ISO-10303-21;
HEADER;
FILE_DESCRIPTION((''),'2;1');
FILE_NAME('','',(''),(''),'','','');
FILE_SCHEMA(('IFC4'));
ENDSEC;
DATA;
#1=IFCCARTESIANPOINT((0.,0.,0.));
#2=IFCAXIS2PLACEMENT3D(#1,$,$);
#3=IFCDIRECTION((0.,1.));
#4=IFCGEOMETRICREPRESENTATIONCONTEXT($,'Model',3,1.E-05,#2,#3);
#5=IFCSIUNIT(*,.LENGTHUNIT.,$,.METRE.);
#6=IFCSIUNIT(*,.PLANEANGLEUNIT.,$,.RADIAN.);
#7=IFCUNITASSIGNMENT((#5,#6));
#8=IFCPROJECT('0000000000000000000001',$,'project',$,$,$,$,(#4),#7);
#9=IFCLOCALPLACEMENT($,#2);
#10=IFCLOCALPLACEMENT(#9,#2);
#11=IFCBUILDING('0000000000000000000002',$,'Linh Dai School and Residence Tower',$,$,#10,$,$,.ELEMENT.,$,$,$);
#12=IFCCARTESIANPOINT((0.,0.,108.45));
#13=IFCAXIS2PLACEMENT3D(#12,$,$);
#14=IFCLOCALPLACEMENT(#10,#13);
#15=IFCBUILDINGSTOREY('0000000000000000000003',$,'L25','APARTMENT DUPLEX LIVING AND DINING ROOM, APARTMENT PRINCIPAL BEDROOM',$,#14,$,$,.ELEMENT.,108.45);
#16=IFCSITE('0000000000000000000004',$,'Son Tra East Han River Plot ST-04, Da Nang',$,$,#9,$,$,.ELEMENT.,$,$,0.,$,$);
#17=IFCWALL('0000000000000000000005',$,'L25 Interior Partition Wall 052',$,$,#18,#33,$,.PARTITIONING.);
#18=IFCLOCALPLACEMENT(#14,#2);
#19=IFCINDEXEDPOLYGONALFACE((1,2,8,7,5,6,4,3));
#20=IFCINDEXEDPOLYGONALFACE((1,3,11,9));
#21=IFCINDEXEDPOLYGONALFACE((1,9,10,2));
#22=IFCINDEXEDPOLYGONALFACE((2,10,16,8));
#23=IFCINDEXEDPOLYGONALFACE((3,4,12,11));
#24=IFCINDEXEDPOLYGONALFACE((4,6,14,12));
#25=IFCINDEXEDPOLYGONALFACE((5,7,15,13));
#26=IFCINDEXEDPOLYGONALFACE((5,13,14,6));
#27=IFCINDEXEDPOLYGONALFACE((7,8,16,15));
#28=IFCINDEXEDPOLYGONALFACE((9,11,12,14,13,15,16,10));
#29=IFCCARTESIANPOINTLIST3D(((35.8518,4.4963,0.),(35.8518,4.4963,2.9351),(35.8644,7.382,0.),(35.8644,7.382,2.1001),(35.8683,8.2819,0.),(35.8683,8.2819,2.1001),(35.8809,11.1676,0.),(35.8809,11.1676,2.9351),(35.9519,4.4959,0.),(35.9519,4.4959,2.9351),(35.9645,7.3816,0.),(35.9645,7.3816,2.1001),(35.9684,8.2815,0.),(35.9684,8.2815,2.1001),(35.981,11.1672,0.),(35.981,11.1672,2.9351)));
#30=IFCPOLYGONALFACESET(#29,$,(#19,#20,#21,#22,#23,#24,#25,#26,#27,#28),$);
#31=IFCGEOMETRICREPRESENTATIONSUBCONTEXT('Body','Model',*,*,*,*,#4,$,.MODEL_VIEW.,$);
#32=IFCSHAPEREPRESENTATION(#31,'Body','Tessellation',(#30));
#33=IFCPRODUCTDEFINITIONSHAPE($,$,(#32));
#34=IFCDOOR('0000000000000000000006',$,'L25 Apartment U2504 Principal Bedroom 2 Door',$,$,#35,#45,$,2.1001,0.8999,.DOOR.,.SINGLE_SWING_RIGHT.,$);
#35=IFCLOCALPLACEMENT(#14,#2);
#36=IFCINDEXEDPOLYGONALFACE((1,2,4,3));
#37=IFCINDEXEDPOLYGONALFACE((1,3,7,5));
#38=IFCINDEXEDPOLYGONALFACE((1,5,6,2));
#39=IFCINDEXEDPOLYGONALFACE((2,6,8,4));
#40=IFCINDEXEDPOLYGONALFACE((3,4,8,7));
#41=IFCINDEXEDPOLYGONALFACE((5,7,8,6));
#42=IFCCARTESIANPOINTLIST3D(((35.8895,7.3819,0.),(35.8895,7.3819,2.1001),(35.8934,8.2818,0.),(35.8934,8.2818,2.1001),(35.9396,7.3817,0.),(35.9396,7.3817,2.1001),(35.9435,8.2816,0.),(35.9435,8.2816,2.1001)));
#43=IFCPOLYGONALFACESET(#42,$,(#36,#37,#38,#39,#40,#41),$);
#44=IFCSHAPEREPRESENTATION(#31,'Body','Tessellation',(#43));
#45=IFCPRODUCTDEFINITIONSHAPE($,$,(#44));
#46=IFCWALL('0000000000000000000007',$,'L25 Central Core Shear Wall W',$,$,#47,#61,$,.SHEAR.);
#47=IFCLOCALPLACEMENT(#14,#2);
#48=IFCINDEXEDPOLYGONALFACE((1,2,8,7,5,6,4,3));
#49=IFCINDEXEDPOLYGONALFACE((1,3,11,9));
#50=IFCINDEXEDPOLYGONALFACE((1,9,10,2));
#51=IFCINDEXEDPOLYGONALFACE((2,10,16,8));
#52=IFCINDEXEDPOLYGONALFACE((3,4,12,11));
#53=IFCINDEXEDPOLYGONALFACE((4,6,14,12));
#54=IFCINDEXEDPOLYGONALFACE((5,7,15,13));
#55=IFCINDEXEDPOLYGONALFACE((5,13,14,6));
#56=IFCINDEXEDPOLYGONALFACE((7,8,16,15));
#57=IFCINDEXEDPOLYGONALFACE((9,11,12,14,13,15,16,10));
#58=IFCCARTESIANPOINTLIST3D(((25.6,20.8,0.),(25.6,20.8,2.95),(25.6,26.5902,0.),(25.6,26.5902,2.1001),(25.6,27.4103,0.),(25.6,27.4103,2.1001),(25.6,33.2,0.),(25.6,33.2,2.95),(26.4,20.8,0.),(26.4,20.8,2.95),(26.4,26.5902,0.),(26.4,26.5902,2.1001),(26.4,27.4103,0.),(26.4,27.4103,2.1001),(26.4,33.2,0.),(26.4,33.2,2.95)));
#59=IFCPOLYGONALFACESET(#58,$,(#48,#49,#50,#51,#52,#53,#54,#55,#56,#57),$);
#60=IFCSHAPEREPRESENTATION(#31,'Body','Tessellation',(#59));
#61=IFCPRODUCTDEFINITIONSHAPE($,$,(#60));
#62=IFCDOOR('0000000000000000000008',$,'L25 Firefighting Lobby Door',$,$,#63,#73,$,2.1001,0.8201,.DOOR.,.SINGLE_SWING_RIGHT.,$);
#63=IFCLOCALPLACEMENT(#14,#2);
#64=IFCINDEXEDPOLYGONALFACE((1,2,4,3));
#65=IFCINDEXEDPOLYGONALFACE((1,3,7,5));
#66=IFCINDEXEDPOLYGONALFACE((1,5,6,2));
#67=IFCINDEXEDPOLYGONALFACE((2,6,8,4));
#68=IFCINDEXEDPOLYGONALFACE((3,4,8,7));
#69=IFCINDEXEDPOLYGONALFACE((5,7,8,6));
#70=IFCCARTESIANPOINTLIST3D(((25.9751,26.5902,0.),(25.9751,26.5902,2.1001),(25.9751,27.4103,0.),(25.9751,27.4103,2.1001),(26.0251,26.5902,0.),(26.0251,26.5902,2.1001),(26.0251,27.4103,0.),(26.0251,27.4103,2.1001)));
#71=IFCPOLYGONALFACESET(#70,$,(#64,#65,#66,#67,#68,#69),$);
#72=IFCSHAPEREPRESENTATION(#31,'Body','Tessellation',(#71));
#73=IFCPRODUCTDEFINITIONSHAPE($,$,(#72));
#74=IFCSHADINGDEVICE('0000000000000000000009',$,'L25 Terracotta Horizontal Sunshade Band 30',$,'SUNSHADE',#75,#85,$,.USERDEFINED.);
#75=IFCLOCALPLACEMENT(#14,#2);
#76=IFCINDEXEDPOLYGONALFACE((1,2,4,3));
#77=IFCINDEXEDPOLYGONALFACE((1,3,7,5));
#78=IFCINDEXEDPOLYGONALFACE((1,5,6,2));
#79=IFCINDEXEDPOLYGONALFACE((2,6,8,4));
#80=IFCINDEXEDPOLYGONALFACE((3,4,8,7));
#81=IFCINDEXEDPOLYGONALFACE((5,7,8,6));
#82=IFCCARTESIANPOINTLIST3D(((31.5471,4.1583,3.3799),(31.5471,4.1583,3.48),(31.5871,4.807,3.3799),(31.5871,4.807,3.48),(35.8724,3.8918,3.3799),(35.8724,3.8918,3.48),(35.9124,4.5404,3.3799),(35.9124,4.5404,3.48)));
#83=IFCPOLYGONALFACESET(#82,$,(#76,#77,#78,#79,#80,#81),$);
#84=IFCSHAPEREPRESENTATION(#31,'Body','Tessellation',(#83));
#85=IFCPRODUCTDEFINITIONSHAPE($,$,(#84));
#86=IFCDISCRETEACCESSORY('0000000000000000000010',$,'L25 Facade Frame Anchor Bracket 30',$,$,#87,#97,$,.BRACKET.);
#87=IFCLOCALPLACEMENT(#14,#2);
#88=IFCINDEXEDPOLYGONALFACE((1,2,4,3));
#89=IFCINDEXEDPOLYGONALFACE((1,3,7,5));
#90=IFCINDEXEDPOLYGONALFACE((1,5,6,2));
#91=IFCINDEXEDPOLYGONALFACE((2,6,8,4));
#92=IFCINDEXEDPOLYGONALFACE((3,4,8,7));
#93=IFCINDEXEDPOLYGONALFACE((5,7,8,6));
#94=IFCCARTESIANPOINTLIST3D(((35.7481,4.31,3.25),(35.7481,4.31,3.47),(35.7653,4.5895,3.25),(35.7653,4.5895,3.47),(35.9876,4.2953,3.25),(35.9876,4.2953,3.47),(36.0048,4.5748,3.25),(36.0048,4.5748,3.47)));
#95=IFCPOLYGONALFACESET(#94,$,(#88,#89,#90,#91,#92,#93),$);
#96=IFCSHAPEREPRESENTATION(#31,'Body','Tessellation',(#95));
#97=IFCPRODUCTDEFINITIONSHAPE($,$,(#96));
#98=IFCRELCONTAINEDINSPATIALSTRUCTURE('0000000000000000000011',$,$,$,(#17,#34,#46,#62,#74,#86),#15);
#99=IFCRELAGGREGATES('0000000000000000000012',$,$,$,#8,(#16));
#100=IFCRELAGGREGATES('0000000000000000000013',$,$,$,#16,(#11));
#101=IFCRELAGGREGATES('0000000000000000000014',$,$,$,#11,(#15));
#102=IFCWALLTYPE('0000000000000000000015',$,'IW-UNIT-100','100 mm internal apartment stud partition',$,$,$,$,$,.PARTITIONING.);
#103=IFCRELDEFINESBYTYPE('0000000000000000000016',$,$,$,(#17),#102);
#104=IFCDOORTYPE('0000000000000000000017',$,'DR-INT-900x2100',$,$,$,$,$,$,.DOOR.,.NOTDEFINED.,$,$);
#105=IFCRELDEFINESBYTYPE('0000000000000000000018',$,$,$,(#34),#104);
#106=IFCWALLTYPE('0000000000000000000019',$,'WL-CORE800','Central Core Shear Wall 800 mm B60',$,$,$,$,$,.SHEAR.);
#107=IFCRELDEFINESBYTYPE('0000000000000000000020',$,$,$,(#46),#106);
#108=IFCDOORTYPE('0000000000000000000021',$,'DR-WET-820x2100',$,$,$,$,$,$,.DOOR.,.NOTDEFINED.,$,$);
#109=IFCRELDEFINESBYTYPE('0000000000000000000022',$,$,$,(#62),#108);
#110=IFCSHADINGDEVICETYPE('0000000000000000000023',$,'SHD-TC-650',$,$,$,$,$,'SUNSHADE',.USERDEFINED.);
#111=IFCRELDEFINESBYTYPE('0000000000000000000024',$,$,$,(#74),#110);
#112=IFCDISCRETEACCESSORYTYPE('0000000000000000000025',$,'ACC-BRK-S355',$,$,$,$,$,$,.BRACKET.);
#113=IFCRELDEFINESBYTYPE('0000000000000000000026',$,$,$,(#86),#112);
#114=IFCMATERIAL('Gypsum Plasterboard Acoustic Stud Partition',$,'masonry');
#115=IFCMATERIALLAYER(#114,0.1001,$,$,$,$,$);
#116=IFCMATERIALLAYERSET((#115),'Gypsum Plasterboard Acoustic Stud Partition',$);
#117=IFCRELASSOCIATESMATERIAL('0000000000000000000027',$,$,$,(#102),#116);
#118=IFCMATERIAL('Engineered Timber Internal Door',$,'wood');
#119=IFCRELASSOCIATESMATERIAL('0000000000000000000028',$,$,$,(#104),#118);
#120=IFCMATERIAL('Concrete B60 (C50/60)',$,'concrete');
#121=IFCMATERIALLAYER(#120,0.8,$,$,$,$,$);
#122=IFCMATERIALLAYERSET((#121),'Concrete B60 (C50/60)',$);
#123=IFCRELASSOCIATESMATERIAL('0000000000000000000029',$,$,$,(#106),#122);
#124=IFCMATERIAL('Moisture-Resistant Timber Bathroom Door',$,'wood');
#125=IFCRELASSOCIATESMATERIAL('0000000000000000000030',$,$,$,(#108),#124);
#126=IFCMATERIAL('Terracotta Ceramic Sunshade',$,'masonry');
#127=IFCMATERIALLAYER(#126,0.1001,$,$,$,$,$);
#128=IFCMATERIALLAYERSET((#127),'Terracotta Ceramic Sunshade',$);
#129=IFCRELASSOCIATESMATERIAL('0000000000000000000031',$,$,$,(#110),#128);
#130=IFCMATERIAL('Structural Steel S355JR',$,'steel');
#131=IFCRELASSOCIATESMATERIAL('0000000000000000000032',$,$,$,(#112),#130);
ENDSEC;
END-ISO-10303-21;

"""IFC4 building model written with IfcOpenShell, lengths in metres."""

from ifc_helpers import new_model, si_unit, direction, frame, frame_2d, origin, origin_2d, place, context, subcontext, project, spatial, rectangle, extrude, source, transform, mapped, material, layer, layer_set, type_object, element, fill, save


model = new_model("IFC4")

# Units and contexts
model_context = context("Model", 3, precision=1e-05, world=origin(), true_north=direction((0.0, 1.0)))
body_context = subcontext(model_context, "Body", "Model", "MODEL_VIEW")
ifc_project = project(units=[si_unit("LENGTHUNIT", "METRE"), si_unit("PLANEANGLEUNIT", "RADIAN")], contexts=[model_context])

# Site, building, storey
site_placement = place(None, origin())
site = spatial("IfcSite", under=ifc_project, at=site_placement, Name="Son Tra East Han River Plot ST-04, Da Nang", CompositionType="ELEMENT", RefElevation=0.0)
building_placement = place(site_placement, origin())
building = spatial("IfcBuilding", under=site, at=building_placement, Name="Linh Dai School and Residence Tower", CompositionType="ELEMENT")
storey_placement = place(building_placement, frame((0.0, 0.0, 108.45)))
storey = spatial("IfcBuildingStorey", under=building, at=storey_placement, Name="L25", Description="APARTMENT DUPLEX LIVING AND DINING ROOM, APARTMENT PRINCIPAL BEDROOM", CompositionType="ELEMENT", Elevation=108.45)

# Shared definitions
ifc_material_1 = material(Name="Concrete B60 (C50/60)", Category="concrete")
ifc_material_2 = material(Name="Structural Steel S355JR", Category="steel")

# Shared definitions
ifc_material_3 = material(Name="Gypsum Plasterboard Acoustic Stud Partition", Category="masonry")
ifc_layer_1 = layer(ifc_material_3, 0.1001)
ifc_layer_set_1 = layer_set([ifc_layer_1], Name="Gypsum Plasterboard Acoustic Stud Partition")
wall_type_1 = type_object("IfcWallType", Name="IW-UNIT-100", Description="100 mm internal apartment stud partition", PredefinedType="PARTITIONING", material=ifc_layer_set_1)
ifc_material_4 = material(Name="Engineered Timber Internal Door", Category="wood")
door_type_1 = type_object("IfcDoorType", Name="DR-INT-900x2100", OperationType="NOTDEFINED", PredefinedType="DOOR", material=ifc_material_4)
shared_shape_1 = source(origin(), body_context, "Body", "SweptSolid", [
    extrude(rectangle(XDim=0.8999, YDim=2.1001, at=origin_2d()), frame((0.45, 0.0249, 1.05), z_axis=(0.0, -1.0, 0.0), x_axis=(1.0, 0.0, 0.0)), (0.0, 0.0, 1.0), 0.05),
])

# Walls, openings, doors
wall_1_placement = place(storey_placement, frame((35.9019, 4.4961, 0.0), z_axis=(0.0, 0.0, 1.0), x_axis=(0.004355, 0.999991, 0.0)))
wall_1 = element("IfcWall", 1, at=wall_1_placement, inside=storey, type_object=wall_type_1, Name="L25 Interior Partition Wall 052", PredefinedType="PARTITIONING", context=body_context, shape_type="SweptSolid", body=[
    extrude(rectangle(XDim=6.6714, YDim=0.1001, at=frame_2d((3.3357, 0.0))), origin(), (0.0, 0.0, 1.0), 2.9351),
])
opening_1_placement = place(wall_1_placement, frame((2.8857, 0.0, 0.0)))
opening_1 = element("IfcOpeningElement", 2, at=opening_1_placement, cuts=wall_1, PredefinedType="OPENING", context=body_context, shape_type="SweptSolid", body=[
    extrude(rectangle(XDim=0.8999, YDim=2.1001, at=origin_2d()), frame((0.45, 0.0601, 1.05), z_axis=(0.0, -1.0, 0.0), x_axis=(1.0, 0.0, 0.0)), (0.0, 0.0, 1.0), 0.1201),
])
door_1_placement = place(opening_1_placement, origin())
door_1 = element("IfcDoor", 3, at=door_1_placement, inside=storey, type_object=door_type_1, Name="L25 Apartment U2504 Principal Bedroom 2 Door", OperationType="SINGLE_SWING_RIGHT", OverallHeight=2.1001, OverallWidth=0.8999, PredefinedType="DOOR", context=body_context, shape_type="MappedRepresentation", body=[
    mapped(shared_shape_1, transform((0.0, 0.0, 0.0), x_axis=(1.0, 0.0, 0.0), y_axis=(0.0, 1.0, 0.0), z_axis=(0.0, 0.0, 1.0), scale=1.0)),
])
fill(opening_1, door_1)
ifc_layer_2 = layer(ifc_material_1, 0.8)
ifc_layer_set_2 = layer_set([ifc_layer_2], Name="Concrete B60 (C50/60)")
wall_type_2 = type_object("IfcWallType", Name="WL-CORE800", Description="Central Core Shear Wall 800 mm B60", PredefinedType="SHEAR", material=ifc_layer_set_2)
wall_2_placement = place(storey_placement, frame((26.0, 20.8, 0.0), z_axis=(0.0, 0.0, 1.0), x_axis=(0.0, 1.0, 0.0)))
wall_2 = element("IfcWall", 4, at=wall_2_placement, inside=storey, type_object=wall_type_2, Name="L25 Central Core Shear Wall W", PredefinedType="SHEAR", context=body_context, shape_type="SweptSolid", body=[
    extrude(rectangle(XDim=12.3999, YDim=0.8, at=frame_2d((6.2, 0.0))), origin(), (0.0, 0.0, 1.0), 2.95),
])
opening_2_placement = place(wall_2_placement, frame((5.79, 0.0, 0.0)))
opening_2 = element("IfcOpeningElement", 5, at=opening_2_placement, cuts=wall_2, PredefinedType="OPENING", context=body_context, shape_type="SweptSolid", body=[
    extrude(rectangle(XDim=0.8201, YDim=2.1001, at=origin_2d()), frame((0.4102, 0.4102, 1.05), z_axis=(0.0, -1.0, 0.0), x_axis=(1.0, 0.0, 0.0)), (0.0, 0.0, 1.0), 0.8201),
])
ifc_material_5 = material(Name="Moisture-Resistant Timber Bathroom Door", Category="wood")
door_type_2 = type_object("IfcDoorType", Name="DR-WET-820x2100", OperationType="NOTDEFINED", PredefinedType="DOOR", material=ifc_material_5)
shared_shape_2 = source(origin(), body_context, "Body", "SweptSolid", [
    extrude(rectangle(XDim=0.8201, YDim=2.1001, at=origin_2d()), frame((0.4102, 0.0249, 1.05), z_axis=(0.0, -1.0, 0.0), x_axis=(1.0, 0.0, 0.0)), (0.0, 0.0, 1.0), 0.05),
])
door_2_placement = place(opening_2_placement, origin())
door_2 = element("IfcDoor", 6, at=door_2_placement, inside=storey, type_object=door_type_2, Name="L25 Firefighting Lobby Door", OperationType="SINGLE_SWING_RIGHT", OverallHeight=2.1001, OverallWidth=0.8201, PredefinedType="DOOR", context=body_context, shape_type="MappedRepresentation", body=[
    mapped(shared_shape_2, transform((0.0, 0.0, 0.0), x_axis=(1.0, 0.0, 0.0), y_axis=(0.0, 1.0, 0.0), z_axis=(0.0, 0.0, 1.0), scale=1.0)),
])
fill(opening_2, door_2)

# Shading device
ifc_material_6 = material(Name="Terracotta Ceramic Sunshade", Category="masonry")
ifc_layer_3 = layer(ifc_material_6, 0.1001)
ifc_layer_set_3 = layer_set([ifc_layer_3], Name="Terracotta Ceramic Sunshade")
shading_device_type = type_object("IfcShadingDeviceType", Name="SHD-TC-650", ElementType="SUNSHADE", PredefinedType="USERDEFINED", material=ifc_layer_set_3)
shared_shape_3 = source(origin(), body_context, "Body", "SweptSolid", [
    extrude(rectangle(XDim=4.3335, YDim=0.6499, at=origin_2d()), origin(), (0.0, 0.0, 1.0), 0.1001),
])
shading_device_placement = place(storey_placement, frame((33.7297, 4.3494, 3.3799), z_axis=(0.0, 0.0, 1.0), x_axis=(-0.998107, 0.061509, 0.0)))
element("IfcShadingDevice", 7, at=shading_device_placement, inside=storey, type_object=shading_device_type, Name="L25 Terracotta Horizontal Sunshade Band 30", ObjectType="SUNSHADE", PredefinedType="USERDEFINED", context=body_context, shape_type="MappedRepresentation", body=[
    mapped(shared_shape_3, transform((0.0, 0.0, 0.0), x_axis=(1.0, 0.0, 0.0), y_axis=(0.0, 1.0, 0.0), z_axis=(0.0, 0.0, 1.0), scale=1.0)),
])

# Discrete accessory
discrete_accessory_type = type_object("IfcDiscreteAccessoryType", Name="ACC-BRK-S355", PredefinedType="BRACKET", material=ifc_material_2)
shared_shape_4 = source(origin(), body_context, "Body", "SweptSolid", [
    extrude(rectangle(XDim=0.28, YDim=0.24, at=origin_2d()), origin(), (0.0, 0.0, 1.0), 0.22),
])
discrete_accessory_placement = place(storey_placement, frame((35.8765, 4.4424, 3.25), z_axis=(0.0, 0.0, 1.0), x_axis=(-0.061509, -0.998107, 0.0)))
element("IfcDiscreteAccessory", 8, at=discrete_accessory_placement, inside=storey, type_object=discrete_accessory_type, Name="L25 Facade Frame Anchor Bracket 30", PredefinedType="BRACKET", context=body_context, shape_type="MappedRepresentation", body=[
    mapped(shared_shape_4, transform((0.0, 0.0, 0.0), x_axis=(1.0, 0.0, 0.0), y_axis=(0.0, 1.0, 0.0), z_axis=(0.0, 0.0, 1.0), scale=1.0)),
])

save(model, "model.ifc")
